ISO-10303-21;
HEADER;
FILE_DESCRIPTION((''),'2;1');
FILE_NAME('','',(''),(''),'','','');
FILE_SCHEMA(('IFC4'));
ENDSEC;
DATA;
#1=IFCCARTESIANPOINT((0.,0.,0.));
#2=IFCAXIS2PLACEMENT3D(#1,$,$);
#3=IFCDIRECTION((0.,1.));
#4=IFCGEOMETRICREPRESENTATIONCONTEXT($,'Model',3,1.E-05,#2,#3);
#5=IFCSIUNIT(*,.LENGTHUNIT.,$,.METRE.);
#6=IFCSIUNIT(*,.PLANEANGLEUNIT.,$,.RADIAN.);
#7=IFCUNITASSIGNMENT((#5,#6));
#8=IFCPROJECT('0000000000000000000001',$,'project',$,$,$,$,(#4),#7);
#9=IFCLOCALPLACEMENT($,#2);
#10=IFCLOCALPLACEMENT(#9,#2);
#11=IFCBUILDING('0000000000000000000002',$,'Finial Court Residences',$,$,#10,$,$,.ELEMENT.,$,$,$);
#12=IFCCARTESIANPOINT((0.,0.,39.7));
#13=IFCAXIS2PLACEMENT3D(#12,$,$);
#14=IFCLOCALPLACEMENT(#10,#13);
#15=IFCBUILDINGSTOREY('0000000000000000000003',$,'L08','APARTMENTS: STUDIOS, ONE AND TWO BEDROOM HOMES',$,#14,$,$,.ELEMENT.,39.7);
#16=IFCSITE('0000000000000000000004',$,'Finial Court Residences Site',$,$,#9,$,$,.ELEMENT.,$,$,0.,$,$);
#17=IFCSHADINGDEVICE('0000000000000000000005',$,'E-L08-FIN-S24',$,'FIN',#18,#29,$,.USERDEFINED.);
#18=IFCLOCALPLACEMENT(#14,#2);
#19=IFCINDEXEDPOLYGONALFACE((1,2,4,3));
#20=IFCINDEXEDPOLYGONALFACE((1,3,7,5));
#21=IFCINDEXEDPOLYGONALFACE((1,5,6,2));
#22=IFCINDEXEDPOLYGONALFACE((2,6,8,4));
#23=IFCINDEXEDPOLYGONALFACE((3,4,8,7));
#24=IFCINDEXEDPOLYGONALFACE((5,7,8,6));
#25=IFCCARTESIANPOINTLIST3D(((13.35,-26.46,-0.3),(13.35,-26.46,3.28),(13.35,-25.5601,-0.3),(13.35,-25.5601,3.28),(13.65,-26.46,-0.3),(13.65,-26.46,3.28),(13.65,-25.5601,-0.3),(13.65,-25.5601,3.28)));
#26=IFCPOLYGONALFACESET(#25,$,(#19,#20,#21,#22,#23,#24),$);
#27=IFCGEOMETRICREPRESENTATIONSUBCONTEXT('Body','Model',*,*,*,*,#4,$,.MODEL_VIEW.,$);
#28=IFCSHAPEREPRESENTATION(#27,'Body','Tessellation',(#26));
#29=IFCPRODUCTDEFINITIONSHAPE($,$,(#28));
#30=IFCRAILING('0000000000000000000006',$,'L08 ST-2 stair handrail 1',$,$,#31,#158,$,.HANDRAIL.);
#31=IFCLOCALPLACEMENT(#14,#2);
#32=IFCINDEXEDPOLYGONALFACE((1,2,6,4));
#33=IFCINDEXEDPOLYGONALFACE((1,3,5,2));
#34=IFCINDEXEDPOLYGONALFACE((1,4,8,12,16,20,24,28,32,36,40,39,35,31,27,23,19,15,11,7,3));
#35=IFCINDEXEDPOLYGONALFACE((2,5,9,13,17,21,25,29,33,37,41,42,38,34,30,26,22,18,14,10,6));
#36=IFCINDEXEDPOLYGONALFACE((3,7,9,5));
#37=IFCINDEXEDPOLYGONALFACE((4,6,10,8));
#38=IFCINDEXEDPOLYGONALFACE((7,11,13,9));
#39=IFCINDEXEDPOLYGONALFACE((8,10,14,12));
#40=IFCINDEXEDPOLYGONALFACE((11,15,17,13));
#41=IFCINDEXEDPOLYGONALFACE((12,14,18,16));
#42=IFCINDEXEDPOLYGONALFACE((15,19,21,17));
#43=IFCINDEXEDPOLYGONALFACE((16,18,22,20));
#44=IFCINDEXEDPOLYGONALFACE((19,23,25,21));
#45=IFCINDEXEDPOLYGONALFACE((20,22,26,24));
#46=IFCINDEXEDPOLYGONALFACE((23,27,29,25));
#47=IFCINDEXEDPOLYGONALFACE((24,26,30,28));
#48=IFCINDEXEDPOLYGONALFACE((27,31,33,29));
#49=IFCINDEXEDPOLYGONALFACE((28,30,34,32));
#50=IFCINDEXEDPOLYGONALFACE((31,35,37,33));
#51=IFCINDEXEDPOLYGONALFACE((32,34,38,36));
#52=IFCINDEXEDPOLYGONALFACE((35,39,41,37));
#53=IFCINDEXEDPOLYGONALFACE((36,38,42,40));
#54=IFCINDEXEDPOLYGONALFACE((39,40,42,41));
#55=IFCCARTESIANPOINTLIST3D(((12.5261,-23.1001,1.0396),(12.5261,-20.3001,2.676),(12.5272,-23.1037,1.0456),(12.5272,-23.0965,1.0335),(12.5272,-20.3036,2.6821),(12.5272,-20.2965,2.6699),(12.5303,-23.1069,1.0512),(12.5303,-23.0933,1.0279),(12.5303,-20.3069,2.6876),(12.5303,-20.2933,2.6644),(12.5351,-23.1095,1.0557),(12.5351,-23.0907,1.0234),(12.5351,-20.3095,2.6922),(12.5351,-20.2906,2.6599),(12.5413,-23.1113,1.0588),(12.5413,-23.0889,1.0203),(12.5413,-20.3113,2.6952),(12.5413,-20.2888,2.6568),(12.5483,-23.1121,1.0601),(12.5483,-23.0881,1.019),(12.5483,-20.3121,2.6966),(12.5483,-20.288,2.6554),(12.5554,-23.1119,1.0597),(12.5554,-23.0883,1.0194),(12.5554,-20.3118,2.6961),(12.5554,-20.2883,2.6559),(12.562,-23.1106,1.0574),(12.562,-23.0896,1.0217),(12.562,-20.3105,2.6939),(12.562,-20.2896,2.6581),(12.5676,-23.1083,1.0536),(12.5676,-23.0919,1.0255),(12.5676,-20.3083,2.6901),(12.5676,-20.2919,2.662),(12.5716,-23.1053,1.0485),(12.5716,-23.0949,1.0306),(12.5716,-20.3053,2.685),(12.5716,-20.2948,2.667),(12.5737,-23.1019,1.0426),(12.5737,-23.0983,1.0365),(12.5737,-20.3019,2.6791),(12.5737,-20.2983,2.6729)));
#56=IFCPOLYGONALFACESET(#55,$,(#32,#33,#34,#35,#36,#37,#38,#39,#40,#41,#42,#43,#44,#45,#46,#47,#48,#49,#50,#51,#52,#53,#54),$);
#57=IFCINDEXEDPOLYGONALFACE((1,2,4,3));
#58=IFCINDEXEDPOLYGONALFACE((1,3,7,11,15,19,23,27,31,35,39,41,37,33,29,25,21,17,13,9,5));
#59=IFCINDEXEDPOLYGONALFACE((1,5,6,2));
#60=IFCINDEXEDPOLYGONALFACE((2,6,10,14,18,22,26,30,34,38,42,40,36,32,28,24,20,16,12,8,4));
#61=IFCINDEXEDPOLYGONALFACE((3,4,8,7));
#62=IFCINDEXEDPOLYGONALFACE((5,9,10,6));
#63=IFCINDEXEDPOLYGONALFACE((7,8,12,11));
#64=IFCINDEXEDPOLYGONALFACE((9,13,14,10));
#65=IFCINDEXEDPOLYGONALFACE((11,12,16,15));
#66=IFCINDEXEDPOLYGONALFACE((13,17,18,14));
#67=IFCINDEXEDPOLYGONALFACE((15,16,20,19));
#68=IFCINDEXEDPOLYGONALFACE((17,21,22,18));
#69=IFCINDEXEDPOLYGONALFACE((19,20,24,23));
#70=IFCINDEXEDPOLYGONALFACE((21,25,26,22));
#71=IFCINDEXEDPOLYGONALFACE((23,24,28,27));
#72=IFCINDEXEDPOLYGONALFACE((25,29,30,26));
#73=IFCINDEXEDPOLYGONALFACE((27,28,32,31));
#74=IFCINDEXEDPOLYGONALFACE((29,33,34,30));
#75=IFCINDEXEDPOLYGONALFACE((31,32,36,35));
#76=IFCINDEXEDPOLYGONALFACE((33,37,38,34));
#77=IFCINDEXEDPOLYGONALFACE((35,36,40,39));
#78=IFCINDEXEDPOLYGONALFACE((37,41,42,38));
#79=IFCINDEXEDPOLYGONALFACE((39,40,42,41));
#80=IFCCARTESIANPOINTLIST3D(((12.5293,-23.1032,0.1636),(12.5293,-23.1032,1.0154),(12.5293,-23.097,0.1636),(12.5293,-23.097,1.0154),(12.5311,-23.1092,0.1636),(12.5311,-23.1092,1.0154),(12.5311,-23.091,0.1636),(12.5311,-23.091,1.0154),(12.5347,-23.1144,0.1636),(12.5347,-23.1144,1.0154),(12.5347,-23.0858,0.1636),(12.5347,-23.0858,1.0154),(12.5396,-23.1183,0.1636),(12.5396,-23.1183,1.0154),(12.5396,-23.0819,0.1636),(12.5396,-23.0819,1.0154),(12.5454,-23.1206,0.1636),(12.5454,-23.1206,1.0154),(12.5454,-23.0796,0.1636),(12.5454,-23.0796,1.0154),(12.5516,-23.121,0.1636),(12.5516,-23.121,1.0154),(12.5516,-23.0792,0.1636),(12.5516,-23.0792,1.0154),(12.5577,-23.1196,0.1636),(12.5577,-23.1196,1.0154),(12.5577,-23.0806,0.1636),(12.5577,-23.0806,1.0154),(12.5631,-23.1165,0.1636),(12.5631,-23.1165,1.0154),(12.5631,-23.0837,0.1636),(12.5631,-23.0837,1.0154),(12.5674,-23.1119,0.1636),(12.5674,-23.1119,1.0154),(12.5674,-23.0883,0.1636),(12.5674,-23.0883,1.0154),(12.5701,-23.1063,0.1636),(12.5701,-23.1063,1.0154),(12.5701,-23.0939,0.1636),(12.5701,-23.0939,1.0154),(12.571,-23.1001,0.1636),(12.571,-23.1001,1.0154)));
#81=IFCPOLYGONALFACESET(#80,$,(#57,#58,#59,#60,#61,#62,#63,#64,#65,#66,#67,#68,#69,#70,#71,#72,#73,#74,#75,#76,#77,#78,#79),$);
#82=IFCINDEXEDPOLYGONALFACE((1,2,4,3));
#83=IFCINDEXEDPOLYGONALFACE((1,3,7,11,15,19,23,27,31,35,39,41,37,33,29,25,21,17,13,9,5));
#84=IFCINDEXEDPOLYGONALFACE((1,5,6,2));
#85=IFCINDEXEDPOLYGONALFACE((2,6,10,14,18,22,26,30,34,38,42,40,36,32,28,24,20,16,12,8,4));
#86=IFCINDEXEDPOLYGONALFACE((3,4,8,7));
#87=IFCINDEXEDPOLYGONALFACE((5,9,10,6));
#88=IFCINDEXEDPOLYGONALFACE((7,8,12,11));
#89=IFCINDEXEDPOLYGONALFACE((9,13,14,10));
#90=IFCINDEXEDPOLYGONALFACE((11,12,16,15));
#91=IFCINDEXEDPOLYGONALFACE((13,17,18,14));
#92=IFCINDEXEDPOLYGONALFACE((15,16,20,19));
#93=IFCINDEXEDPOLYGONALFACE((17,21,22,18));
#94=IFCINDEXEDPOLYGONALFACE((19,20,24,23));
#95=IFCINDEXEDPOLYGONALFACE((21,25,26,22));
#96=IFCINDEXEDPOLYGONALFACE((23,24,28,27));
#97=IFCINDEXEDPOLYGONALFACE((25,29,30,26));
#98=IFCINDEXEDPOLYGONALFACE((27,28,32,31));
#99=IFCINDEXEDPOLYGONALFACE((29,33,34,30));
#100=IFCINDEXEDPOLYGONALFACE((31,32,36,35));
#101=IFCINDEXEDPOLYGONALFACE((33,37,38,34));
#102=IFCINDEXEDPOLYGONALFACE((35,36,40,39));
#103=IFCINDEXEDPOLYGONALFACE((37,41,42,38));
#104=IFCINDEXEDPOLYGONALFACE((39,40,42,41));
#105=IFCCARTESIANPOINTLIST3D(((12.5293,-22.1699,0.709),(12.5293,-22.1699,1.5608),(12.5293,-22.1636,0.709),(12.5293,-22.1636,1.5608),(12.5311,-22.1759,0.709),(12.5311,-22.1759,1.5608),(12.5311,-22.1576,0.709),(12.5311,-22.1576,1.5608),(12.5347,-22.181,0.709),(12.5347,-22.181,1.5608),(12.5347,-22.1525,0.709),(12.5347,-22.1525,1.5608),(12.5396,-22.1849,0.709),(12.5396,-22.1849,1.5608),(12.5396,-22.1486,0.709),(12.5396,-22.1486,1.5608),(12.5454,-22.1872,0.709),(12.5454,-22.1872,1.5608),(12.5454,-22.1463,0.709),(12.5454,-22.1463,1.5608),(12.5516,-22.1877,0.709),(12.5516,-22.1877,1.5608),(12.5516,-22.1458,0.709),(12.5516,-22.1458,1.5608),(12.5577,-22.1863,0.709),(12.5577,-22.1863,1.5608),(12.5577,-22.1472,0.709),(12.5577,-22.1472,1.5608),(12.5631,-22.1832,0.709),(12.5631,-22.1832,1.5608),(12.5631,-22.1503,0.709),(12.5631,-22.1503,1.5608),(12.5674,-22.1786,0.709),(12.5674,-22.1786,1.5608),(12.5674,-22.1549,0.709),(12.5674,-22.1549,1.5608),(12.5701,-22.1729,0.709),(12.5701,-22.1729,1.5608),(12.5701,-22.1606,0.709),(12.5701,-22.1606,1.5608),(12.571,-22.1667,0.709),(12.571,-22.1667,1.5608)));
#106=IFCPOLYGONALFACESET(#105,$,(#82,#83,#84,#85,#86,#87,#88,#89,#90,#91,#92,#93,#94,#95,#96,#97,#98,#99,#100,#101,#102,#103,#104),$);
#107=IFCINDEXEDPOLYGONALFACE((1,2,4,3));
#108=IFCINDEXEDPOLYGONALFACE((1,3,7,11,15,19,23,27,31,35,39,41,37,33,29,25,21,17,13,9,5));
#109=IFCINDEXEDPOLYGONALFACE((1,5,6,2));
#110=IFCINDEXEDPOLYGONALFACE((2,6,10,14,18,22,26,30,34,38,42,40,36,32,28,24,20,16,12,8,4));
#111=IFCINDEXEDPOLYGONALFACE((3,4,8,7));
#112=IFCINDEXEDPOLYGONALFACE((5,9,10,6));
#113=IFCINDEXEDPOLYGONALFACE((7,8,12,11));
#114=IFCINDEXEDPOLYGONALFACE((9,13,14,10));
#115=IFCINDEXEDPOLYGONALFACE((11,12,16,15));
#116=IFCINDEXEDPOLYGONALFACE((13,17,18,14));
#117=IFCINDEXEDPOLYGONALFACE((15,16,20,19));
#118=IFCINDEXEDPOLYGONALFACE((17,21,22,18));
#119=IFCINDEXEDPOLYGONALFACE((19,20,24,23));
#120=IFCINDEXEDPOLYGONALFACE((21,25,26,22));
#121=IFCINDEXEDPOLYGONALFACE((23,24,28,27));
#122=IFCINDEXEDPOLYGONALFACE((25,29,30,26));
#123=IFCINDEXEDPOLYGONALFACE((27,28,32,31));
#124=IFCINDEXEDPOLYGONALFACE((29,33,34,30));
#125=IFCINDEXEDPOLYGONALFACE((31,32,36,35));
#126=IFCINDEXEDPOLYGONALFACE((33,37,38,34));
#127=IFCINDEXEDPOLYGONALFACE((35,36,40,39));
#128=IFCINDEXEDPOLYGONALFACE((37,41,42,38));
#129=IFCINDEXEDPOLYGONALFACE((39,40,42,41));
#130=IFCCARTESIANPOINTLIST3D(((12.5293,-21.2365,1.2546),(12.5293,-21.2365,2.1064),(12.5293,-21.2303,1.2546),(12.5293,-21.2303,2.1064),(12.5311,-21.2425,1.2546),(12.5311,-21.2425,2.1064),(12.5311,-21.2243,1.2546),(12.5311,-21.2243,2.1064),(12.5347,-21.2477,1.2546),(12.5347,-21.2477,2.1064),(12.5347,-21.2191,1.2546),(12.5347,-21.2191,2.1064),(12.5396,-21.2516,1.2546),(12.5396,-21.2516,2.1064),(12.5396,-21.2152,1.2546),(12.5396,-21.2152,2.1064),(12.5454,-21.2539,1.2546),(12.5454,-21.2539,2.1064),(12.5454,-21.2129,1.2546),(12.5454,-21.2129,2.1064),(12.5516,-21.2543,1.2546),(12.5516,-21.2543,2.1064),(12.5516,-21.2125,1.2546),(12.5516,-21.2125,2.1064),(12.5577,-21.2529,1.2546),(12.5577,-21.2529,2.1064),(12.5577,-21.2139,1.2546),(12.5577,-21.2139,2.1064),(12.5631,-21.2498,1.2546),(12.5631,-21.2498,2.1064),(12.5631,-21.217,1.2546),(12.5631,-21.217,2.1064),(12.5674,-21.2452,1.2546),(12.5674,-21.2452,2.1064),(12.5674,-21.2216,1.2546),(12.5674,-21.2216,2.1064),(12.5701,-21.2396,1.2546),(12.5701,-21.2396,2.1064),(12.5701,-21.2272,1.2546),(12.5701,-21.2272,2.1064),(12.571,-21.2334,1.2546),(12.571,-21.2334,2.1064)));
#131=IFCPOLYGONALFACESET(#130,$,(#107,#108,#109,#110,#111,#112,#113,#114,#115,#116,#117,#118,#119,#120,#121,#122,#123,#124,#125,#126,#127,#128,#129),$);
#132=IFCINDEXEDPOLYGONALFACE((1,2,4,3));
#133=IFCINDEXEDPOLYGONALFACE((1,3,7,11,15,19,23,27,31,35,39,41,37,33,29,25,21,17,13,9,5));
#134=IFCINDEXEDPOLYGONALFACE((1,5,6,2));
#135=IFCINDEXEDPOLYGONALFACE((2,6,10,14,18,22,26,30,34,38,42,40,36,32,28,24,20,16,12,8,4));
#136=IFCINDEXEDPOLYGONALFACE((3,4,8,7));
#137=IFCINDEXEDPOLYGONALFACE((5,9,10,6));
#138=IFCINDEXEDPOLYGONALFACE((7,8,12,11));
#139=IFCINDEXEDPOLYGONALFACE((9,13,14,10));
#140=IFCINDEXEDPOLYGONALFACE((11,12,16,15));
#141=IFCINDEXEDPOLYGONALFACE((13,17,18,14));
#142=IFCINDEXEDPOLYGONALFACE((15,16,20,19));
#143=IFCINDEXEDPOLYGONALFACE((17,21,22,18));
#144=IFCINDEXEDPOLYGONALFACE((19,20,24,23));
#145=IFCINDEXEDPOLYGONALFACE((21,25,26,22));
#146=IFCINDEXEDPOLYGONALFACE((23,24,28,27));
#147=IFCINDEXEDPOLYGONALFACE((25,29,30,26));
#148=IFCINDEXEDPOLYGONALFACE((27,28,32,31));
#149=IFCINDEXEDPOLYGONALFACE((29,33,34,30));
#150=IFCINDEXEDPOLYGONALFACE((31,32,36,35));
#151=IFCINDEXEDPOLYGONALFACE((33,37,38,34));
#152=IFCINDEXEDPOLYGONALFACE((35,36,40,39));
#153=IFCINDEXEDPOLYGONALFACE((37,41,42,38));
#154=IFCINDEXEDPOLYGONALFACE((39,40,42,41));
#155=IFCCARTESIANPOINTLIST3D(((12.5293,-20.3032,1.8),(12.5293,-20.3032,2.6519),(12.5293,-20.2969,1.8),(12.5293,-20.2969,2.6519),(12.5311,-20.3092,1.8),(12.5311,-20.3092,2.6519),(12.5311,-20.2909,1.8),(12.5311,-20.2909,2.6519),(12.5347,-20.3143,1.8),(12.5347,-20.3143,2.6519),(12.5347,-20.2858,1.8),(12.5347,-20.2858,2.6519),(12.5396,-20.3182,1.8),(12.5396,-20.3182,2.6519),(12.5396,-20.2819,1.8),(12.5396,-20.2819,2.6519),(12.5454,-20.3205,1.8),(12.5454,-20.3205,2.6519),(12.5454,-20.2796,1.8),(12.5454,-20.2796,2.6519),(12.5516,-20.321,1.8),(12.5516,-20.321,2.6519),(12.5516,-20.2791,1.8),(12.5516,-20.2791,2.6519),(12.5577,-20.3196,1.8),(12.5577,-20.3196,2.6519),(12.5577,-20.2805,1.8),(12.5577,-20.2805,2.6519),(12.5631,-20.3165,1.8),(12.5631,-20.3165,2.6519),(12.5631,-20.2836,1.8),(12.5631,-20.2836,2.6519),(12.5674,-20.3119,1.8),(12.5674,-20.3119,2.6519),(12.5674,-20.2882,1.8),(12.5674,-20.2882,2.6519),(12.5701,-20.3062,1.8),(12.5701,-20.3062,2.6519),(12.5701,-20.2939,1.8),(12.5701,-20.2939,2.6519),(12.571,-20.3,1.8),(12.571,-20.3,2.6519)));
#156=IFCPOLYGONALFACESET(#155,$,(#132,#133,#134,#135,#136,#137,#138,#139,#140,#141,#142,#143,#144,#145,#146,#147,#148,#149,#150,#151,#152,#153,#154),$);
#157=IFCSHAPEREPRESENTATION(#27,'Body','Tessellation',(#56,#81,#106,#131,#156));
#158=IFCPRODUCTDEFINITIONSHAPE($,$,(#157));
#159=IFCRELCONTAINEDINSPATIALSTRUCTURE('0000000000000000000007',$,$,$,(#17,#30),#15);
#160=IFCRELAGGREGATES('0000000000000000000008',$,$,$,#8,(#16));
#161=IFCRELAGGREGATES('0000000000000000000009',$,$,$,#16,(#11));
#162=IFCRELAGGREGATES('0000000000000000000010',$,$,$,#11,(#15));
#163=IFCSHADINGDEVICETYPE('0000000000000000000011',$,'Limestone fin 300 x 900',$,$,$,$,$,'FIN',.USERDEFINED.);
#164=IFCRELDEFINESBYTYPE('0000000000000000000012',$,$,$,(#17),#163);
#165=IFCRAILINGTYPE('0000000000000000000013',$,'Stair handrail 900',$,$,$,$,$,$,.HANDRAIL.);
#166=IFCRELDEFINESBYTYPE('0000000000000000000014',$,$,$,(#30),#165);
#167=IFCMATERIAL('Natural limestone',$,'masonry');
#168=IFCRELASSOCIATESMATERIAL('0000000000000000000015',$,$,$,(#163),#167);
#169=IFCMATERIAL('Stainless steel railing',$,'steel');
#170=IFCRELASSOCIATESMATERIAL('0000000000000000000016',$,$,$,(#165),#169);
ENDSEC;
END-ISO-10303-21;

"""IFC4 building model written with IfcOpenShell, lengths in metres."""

from ifc_helpers import new_model, si_unit, direction, frame, origin, origin_2d, place, context, subcontext, project, spatial, rectangle, circle, extrude, material, type_object, element, save


model = new_model("IFC4")

# Units and contexts
model_context = context("Model", 3, precision=1e-05, world=origin(), true_north=direction((0.0, 1.0)))
body_context = subcontext(model_context, "Body", "Model", "MODEL_VIEW")
ifc_project = project(units=[si_unit("LENGTHUNIT", "METRE"), si_unit("PLANEANGLEUNIT", "RADIAN")], contexts=[model_context])

# Site, building, storey
site_placement = place(None, origin())
site = spatial("IfcSite", under=ifc_project, at=site_placement, Name="Finial Court Residences Site", CompositionType="ELEMENT", RefElevation=0.0)
building_placement = place(site_placement, origin())
building = spatial("IfcBuilding", under=site, at=building_placement, Name="Finial Court Residences", CompositionType="ELEMENT")
storey_placement = place(building_placement, frame((0.0, 0.0, 39.7)))
storey = spatial("IfcBuildingStorey", under=building, at=storey_placement, Name="L08", Description="APARTMENTS: STUDIOS, ONE AND TWO BEDROOM HOMES", CompositionType="ELEMENT", Elevation=39.7)

# Shading device
ifc_material_1 = material(Name="Natural limestone", Category="masonry")
shading_device_type = type_object("IfcShadingDeviceType", Name="Limestone fin 300 x 900", ElementType="FIN", PredefinedType="USERDEFINED", material=ifc_material_1)
for number, where, z_axis, x_axis, name in (
    (1, (13.5, -26.01, -0.3), (0.0, 0.0, 1.0), (1.0, 0.0, 0.0), "E-L08-FIN-S24"),
):
    element("IfcShadingDevice", number, at=place(storey_placement, frame(where, z_axis=z_axis, x_axis=x_axis)), inside=storey, type_object=shading_device_type, Name=name, ObjectType="FIN", PredefinedType="USERDEFINED", context=body_context, shape_type="SweptSolid", body=[
        extrude(rectangle(XDim=0.3, YDim=0.8999, at=origin_2d()), origin(), (0.0, 0.0, 1.0), 3.5801),
    ])

# Railing
ifc_material_2 = material(Name="Stainless steel railing", Category="steel")
railing_type_1 = type_object("IfcRailingType", Name="Stair handrail 900", PredefinedType="HANDRAIL", material=ifc_material_2)
railing_1_placement = place(storey_placement, frame((12.55, -23.1001, 0.1636)))
element("IfcRailing", 2, at=railing_1_placement, inside=storey, type_object=railing_type_1, Name="L08 ST-2 stair handrail 1", PredefinedType="HANDRAIL", context=body_context, shape_type="SweptSolid", body=[
    extrude(circle(Radius=0.0239, at=origin_2d()), frame((0.0, 0.0, 0.876), z_axis=(0.0, 0.863361, 0.504587), x_axis=(-1.0, 0.0, 0.0)), (0.0, 0.0, 1.0), 3.2432),
    extrude(circle(Radius=0.021, at=origin_2d()), origin(), (0.0, 0.0, 1.0), 0.8518),
    extrude(circle(Radius=0.021, at=origin_2d()), frame((0.0, 0.9333, 0.5454)), (0.0, 0.0, 1.0), 0.8518),
    extrude(circle(Radius=0.021, at=origin_2d()), frame((0.0, 1.8667, 1.0911)), (0.0, 0.0, 1.0), 0.8518),
    extrude(circle(Radius=0.021, at=origin_2d()), frame((0.0, 2.8, 1.6365)), (0.0, 0.0, 1.0), 0.8518),
])

save(model, "model.ifc")
